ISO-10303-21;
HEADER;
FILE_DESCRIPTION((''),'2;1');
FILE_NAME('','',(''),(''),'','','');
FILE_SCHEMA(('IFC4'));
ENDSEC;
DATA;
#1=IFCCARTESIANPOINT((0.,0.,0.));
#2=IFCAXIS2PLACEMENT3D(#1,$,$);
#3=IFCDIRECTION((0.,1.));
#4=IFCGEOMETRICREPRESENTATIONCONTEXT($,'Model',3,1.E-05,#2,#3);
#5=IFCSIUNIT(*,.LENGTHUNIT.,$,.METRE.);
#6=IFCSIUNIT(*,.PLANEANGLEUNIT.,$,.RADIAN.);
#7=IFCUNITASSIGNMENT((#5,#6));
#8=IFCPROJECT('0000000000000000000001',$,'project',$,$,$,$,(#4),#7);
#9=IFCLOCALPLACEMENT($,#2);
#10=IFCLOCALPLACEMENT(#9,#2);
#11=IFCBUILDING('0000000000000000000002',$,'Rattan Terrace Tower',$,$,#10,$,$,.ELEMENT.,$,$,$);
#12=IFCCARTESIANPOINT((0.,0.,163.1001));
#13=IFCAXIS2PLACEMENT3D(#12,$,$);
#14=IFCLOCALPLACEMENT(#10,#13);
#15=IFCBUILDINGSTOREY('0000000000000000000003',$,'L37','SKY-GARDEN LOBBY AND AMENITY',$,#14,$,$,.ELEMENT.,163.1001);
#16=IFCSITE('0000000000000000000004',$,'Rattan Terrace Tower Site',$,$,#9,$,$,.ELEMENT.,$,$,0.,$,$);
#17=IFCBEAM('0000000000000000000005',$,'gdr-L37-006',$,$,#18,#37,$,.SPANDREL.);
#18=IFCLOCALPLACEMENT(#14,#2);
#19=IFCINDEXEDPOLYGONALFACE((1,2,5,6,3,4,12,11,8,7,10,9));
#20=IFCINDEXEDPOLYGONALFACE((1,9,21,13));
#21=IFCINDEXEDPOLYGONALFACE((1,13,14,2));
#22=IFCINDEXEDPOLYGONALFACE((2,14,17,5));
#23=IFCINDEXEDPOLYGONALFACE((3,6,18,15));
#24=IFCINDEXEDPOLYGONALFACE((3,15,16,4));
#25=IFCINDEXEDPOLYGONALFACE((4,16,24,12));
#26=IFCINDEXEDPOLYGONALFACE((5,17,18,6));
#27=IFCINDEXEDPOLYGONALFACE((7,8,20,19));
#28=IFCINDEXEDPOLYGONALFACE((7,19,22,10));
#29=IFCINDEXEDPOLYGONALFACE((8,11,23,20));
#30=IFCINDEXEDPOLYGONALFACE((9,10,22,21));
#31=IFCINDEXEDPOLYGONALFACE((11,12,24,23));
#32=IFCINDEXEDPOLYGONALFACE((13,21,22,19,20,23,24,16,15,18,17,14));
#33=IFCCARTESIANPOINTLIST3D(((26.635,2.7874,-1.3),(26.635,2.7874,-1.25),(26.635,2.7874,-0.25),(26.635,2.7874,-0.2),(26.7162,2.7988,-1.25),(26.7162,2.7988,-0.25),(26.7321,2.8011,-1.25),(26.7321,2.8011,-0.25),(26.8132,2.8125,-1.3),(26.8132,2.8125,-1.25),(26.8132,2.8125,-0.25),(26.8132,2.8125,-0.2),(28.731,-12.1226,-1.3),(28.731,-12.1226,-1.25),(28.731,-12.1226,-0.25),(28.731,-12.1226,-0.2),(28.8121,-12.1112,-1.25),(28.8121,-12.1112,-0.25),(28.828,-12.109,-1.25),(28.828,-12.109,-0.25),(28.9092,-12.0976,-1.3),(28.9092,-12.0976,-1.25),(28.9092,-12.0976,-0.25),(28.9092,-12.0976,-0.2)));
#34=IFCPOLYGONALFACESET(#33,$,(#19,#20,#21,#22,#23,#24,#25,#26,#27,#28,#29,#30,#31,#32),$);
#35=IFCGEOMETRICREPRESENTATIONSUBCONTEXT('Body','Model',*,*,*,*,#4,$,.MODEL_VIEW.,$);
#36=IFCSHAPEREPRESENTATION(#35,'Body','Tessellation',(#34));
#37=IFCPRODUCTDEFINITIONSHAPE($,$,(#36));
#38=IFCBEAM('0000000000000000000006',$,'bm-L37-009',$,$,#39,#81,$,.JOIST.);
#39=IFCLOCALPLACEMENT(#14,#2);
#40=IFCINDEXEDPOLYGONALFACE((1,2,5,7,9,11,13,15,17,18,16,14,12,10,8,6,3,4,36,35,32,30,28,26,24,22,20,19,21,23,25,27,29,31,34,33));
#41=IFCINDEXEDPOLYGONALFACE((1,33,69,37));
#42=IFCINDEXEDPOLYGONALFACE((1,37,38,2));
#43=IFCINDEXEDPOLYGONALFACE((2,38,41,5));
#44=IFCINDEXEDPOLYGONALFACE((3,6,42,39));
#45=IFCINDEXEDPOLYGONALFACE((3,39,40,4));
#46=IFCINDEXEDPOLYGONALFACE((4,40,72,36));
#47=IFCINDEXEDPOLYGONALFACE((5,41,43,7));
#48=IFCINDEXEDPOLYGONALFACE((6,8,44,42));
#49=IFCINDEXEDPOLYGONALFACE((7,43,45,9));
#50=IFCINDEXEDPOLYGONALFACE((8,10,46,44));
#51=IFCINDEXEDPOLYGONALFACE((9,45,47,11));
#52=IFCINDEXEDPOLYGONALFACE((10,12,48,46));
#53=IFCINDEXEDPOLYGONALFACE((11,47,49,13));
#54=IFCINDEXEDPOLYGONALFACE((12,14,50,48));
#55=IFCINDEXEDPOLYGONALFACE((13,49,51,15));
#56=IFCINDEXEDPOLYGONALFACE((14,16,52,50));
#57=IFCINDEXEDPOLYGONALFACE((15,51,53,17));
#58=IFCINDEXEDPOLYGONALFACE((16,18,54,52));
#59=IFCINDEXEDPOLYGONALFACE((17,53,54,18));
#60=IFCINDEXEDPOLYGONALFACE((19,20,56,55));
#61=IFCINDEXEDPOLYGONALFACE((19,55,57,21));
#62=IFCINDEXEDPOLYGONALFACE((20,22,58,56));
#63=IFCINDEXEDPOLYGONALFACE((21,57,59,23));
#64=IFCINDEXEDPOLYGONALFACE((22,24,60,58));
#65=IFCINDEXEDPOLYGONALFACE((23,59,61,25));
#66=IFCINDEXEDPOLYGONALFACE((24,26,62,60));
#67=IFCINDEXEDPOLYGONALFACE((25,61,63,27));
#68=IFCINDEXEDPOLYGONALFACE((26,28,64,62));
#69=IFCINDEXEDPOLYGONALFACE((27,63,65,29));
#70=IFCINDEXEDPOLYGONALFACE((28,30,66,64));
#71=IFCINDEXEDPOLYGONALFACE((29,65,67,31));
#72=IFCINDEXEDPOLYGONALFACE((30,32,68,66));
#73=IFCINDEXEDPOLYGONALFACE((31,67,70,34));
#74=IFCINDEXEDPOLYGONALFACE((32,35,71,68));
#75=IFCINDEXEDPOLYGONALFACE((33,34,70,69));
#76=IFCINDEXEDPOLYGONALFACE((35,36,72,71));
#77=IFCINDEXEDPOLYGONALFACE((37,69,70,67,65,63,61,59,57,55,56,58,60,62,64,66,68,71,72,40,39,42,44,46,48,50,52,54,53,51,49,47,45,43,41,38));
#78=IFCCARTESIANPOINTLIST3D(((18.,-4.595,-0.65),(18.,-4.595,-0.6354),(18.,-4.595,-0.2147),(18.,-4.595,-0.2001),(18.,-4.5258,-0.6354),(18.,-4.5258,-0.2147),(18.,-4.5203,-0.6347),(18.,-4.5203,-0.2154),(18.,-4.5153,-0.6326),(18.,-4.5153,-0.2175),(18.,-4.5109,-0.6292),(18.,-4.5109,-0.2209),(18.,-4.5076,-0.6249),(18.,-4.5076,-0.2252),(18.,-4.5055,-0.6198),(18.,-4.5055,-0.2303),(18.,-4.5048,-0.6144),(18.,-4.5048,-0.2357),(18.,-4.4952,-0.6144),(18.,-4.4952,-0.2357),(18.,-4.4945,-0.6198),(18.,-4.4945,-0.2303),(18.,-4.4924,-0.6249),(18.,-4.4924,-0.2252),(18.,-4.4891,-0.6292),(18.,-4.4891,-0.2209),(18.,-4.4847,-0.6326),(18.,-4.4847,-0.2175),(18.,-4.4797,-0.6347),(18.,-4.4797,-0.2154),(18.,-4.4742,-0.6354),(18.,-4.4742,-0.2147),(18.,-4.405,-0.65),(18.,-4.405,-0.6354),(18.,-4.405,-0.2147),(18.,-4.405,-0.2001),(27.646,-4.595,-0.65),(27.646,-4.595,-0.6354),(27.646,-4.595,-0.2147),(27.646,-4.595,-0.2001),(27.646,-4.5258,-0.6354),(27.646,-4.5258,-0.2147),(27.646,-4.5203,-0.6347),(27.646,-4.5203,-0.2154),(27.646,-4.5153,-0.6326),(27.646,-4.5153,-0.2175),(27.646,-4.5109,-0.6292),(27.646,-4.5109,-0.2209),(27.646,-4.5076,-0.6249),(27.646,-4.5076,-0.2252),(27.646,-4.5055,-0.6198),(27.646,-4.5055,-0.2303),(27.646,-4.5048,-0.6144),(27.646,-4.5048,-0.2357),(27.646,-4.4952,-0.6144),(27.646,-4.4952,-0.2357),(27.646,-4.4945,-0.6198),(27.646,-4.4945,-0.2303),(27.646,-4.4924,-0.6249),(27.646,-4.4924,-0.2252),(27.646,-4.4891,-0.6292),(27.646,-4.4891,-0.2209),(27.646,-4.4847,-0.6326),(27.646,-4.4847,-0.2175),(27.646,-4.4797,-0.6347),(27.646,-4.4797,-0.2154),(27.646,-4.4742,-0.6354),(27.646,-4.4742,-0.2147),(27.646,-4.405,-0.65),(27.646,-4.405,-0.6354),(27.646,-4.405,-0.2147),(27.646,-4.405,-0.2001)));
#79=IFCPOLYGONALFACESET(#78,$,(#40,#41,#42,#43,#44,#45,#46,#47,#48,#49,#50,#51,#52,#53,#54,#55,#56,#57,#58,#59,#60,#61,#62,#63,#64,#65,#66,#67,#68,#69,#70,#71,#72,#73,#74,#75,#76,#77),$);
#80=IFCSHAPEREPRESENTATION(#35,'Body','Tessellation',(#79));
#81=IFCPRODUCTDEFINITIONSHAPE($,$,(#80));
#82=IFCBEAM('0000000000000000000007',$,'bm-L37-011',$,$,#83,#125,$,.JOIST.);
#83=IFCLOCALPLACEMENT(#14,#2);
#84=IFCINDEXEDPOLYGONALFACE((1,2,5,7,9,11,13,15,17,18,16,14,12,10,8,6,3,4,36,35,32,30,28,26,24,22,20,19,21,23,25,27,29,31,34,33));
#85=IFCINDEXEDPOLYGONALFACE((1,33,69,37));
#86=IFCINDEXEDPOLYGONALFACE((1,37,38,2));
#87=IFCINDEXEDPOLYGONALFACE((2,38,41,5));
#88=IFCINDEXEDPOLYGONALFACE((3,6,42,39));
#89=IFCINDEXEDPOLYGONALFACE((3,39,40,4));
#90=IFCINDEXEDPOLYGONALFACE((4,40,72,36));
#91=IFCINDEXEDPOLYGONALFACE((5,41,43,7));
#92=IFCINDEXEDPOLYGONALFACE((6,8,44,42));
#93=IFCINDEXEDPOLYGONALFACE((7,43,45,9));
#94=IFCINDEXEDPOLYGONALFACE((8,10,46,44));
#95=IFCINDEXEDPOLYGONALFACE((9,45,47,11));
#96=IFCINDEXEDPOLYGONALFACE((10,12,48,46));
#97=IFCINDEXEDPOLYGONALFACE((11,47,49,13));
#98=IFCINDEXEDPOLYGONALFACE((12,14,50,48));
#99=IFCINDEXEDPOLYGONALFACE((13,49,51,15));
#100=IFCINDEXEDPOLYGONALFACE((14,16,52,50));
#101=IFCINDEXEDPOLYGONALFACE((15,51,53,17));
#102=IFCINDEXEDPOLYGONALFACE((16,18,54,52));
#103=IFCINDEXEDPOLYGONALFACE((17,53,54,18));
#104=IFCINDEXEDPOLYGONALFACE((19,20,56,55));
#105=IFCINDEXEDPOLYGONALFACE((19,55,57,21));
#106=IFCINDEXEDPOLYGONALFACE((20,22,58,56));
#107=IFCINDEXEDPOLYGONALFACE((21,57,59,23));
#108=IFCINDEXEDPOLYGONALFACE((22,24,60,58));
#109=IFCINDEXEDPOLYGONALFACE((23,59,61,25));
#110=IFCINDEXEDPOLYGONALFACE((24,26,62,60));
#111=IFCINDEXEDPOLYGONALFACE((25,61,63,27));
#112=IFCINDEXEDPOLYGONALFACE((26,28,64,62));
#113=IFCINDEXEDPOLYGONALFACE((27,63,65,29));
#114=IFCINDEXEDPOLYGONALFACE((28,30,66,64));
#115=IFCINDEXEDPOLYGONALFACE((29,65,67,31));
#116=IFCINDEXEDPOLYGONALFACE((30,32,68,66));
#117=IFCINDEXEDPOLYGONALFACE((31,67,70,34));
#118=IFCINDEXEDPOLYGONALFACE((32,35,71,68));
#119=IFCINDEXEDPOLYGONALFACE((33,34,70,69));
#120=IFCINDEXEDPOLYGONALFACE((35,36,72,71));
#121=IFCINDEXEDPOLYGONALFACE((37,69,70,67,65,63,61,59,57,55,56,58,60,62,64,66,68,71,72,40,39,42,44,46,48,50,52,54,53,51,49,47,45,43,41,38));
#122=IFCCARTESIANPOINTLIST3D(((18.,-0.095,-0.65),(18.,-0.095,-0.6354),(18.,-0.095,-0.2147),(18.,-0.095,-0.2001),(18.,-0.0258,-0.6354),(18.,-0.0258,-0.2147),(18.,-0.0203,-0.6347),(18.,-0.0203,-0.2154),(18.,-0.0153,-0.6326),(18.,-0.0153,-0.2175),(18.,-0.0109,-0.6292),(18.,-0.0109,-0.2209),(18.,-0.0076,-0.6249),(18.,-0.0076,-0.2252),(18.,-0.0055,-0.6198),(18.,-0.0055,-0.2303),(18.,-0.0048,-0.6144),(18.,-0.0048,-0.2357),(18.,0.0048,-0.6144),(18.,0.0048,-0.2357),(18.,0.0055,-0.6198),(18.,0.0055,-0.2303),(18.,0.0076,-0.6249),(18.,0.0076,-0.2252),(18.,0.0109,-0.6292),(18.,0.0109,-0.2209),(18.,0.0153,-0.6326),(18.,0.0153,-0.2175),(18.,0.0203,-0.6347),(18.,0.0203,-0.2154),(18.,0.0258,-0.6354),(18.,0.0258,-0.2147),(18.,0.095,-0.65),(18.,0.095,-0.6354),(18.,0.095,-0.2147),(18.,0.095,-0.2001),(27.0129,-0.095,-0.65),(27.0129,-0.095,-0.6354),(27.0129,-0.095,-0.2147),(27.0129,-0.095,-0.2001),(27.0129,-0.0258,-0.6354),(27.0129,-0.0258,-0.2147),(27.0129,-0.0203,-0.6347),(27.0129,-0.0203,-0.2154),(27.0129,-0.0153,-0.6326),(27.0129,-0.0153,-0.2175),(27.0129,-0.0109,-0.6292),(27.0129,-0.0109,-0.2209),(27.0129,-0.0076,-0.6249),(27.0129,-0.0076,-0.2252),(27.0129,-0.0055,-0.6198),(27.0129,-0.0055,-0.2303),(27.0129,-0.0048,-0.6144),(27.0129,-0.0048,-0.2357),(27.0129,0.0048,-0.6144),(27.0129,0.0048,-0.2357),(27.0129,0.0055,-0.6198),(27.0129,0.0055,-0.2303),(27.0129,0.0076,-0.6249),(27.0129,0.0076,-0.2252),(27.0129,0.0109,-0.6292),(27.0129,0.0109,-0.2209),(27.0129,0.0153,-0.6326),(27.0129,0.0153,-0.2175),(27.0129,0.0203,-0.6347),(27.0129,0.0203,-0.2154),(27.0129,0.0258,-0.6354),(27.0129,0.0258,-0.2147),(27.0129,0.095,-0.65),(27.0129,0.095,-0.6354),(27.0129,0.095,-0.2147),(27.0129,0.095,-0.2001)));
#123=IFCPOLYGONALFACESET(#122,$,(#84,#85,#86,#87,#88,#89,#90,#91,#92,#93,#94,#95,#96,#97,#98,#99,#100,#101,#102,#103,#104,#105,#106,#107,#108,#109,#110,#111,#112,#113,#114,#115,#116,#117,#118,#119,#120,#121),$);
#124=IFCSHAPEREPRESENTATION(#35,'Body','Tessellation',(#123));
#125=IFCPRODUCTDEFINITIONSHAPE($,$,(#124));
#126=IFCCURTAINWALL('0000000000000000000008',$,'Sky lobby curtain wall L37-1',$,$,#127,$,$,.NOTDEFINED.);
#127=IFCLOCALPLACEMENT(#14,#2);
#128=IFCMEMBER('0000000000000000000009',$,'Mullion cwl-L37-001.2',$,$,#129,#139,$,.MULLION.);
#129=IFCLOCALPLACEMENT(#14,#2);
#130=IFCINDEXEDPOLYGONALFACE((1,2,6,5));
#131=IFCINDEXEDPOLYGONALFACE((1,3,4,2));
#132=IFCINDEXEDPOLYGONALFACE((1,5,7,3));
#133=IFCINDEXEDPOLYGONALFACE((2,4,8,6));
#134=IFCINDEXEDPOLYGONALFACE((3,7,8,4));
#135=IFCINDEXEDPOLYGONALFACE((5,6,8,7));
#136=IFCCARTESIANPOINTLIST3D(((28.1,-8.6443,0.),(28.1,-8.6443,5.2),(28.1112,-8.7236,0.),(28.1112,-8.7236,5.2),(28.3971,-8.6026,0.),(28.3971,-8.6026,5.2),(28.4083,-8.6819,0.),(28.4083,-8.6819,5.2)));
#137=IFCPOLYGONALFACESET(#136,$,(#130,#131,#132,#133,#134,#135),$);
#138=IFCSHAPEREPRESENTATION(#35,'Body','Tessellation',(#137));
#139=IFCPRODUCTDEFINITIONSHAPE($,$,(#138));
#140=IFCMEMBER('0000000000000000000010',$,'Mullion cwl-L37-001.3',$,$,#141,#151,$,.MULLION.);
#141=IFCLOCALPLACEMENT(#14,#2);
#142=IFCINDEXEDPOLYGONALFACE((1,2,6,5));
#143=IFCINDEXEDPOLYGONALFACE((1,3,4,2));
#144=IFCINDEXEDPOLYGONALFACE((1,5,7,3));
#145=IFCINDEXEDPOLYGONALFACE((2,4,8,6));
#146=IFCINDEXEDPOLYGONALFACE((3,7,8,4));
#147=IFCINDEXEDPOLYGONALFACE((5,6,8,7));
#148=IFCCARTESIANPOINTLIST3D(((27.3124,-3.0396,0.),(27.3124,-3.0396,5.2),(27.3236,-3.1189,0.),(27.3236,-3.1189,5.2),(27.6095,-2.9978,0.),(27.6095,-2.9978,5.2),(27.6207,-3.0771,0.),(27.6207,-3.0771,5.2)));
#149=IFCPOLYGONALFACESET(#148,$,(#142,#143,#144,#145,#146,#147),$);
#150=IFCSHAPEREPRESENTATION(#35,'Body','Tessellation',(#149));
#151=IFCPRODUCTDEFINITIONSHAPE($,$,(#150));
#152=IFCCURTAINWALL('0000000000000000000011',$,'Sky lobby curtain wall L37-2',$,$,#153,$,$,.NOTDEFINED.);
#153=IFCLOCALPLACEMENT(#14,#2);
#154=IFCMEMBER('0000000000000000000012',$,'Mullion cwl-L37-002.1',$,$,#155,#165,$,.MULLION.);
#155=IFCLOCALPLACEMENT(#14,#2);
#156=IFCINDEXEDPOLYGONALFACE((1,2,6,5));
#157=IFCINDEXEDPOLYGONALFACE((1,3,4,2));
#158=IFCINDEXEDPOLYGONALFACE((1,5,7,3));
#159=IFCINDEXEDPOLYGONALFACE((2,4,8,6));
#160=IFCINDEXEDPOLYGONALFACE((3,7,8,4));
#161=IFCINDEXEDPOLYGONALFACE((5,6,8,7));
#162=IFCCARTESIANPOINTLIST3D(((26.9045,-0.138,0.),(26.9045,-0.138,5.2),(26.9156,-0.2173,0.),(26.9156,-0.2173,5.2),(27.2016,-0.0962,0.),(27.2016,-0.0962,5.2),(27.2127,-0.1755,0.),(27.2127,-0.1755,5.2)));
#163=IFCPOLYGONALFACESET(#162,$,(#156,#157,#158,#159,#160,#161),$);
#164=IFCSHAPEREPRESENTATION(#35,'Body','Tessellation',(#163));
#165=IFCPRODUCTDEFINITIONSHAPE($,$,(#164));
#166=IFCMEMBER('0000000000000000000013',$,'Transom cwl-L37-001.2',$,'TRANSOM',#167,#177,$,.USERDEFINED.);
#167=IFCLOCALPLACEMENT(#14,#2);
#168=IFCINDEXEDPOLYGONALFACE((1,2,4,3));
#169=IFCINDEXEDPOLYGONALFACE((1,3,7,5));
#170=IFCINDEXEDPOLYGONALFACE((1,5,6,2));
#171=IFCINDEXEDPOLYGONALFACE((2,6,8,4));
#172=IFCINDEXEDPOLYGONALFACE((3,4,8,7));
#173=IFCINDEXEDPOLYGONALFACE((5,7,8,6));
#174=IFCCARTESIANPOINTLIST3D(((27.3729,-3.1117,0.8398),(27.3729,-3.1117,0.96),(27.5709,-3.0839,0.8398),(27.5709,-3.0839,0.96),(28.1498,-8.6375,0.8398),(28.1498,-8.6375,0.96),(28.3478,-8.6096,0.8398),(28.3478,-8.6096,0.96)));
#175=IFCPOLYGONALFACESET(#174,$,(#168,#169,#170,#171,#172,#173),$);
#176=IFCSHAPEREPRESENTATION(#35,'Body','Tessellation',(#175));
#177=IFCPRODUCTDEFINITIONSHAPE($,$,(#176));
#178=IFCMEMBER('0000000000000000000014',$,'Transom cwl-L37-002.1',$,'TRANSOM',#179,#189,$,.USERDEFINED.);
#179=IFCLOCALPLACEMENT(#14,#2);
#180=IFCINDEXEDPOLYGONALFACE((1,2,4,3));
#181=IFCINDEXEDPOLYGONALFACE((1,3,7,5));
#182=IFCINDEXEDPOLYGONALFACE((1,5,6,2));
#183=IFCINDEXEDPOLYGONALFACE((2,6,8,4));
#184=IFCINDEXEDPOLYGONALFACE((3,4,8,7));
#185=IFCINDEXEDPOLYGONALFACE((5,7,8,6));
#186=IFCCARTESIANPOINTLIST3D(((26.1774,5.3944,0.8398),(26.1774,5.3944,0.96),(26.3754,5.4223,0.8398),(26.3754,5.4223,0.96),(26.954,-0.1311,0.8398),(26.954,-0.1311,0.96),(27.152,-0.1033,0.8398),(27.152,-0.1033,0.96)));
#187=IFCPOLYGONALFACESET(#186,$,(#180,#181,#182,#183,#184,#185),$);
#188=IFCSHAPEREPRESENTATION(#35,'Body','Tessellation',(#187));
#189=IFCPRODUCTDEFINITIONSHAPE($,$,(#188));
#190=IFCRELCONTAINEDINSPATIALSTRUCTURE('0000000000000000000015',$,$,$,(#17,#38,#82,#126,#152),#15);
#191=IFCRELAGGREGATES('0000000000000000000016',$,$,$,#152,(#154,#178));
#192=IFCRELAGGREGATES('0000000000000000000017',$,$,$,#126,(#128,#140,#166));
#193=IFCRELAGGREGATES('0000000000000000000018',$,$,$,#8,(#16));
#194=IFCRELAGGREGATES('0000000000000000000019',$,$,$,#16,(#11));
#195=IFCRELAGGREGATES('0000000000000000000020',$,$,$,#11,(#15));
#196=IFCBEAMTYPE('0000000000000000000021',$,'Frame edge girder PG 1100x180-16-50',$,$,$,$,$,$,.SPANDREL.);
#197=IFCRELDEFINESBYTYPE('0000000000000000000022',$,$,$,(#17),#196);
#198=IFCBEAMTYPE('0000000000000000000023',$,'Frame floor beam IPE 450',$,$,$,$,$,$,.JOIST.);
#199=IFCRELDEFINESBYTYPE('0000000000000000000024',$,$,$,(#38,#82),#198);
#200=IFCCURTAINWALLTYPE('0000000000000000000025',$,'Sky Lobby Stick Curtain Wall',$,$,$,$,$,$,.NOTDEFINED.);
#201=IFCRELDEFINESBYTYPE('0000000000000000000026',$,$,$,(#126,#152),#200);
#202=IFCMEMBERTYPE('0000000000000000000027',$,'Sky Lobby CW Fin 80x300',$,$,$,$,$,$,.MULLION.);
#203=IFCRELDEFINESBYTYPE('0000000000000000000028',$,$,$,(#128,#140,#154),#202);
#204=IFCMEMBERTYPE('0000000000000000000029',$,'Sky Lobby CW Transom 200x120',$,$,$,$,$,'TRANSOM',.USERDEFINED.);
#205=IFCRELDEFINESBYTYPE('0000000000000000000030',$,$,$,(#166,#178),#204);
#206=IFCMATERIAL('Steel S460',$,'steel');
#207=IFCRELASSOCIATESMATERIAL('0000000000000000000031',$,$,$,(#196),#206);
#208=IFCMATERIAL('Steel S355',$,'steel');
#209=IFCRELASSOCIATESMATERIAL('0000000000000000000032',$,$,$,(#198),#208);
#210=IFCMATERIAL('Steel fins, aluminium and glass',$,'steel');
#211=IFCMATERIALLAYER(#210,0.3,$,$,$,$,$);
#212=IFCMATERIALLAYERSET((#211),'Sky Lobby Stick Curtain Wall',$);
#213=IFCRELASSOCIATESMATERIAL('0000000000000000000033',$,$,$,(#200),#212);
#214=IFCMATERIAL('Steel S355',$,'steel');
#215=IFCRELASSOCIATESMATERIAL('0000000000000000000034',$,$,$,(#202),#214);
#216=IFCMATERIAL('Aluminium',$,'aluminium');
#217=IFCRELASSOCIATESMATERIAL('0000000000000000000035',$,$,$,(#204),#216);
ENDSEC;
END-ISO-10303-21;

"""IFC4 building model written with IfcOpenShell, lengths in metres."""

from ifc_helpers import new_model, si_unit, direction, frame, origin, origin_2d, place, context, subcontext, project, spatial, rectangle, i_section, extrude, material, layer, layer_set, material_profile, profile_set, type_object, element, aggregate, save


model = new_model("IFC4")

# Units and contexts
model_context = context("Model", 3, precision=1e-05, world=origin(), true_north=direction((0.0, 1.0)))
body_context = subcontext(model_context, "Body", "Model", "MODEL_VIEW")
ifc_project = project(units=[si_unit("LENGTHUNIT", "METRE"), si_unit("PLANEANGLEUNIT", "RADIAN")], contexts=[model_context])

# Site, building, storey
site_placement = place(None, origin())
site = spatial("IfcSite", under=ifc_project, at=site_placement, Name="Rattan Terrace Tower Site", CompositionType="ELEMENT", RefElevation=0.0)
building_placement = place(site_placement, origin())
building = spatial("IfcBuilding", under=site, at=building_placement, Name="Rattan Terrace Tower", CompositionType="ELEMENT")
storey_placement = place(building_placement, frame((0.0, 0.0, 163.1001)))
storey = spatial("IfcBuildingStorey", under=building, at=storey_placement, Name="L37", Description="SKY-GARDEN LOBBY AND AMENITY", CompositionType="ELEMENT", Elevation=163.1001)

# Beams
ifc_material_1 = material(Name="Steel S460", Category="steel")
ifc_material_profile_1 = material_profile(ifc_material_1, i_section(OverallWidth=0.1799, OverallDepth=1.1001, WebThickness=0.0161, FlangeThickness=0.05, at=origin_2d()), Name="PG 1100x180-16-50")
ifc_profile_set_1 = profile_set([ifc_material_profile_1], Name="Steel S460")
beam_type_1 = type_object("IfcBeamType", Name="Frame edge girder PG 1100x180-16-50", PredefinedType="SPANDREL", material=ifc_profile_set_1)
beam_1_placement = place(storey_placement, frame((28.8201, -12.1101, -0.75), z_axis=(-0.139203, 0.990264, 0.0), x_axis=(-0.990264, -0.139203, 0.0)))
element("IfcBeam", 1, at=beam_1_placement, inside=storey, type_object=beam_type_1, Name="gdr-L37-006", PredefinedType="SPANDREL", context=body_context, shape_type="SweptSolid", body=[
    extrude(i_section(OverallWidth=0.1799, OverallDepth=1.1001, WebThickness=0.0161, FlangeThickness=0.05, at=origin_2d()), origin(), (0.0, 0.0, 1.0), 15.0566),
])
ifc_material_2 = material(Name="Steel S355", Category="steel")
ifc_material_profile_2 = material_profile(ifc_material_2, i_section(OverallWidth=0.1899, OverallDepth=0.45, WebThickness=0.0095, FlangeThickness=0.0146, FilletRadius=0.021, at=origin_2d()), Name="IPE 450")
ifc_profile_set_2 = profile_set([ifc_material_profile_2], Name="Steel S355")
beam_type_2 = type_object("IfcBeamType", Name="Frame floor beam IPE 450", PredefinedType="JOIST", material=ifc_profile_set_2)
beam_2_placement = place(storey_placement, frame((18.0, -4.5, -0.425), z_axis=(1.0, 0.0, 0.0), x_axis=(0.0, 1.0, 0.0)))
element("IfcBeam", 2, at=beam_2_placement, inside=storey, type_object=beam_type_2, Name="bm-L37-009", PredefinedType="JOIST", context=body_context, shape_type="SweptSolid", body=[
    extrude(i_section(OverallWidth=0.1899, OverallDepth=0.45, WebThickness=0.0095, FlangeThickness=0.0146, FilletRadius=0.021, at=origin_2d()), origin(), (0.0, 0.0, 1.0), 9.646),
])
beam_3_placement = place(storey_placement, frame((18.0, 0.0, -0.425), z_axis=(1.0, 0.0, 0.0), x_axis=(0.0, 1.0, 0.0)))
element("IfcBeam", 3, at=beam_3_placement, inside=storey, type_object=beam_type_2, Name="bm-L37-011", PredefinedType="JOIST", context=body_context, shape_type="SweptSolid", body=[
    extrude(i_section(OverallWidth=0.1899, OverallDepth=0.45, WebThickness=0.0095, FlangeThickness=0.0146, FilletRadius=0.021, at=origin_2d()), origin(), (0.0, 0.0, 1.0), 9.0129),
])

# Curtain wall, members
ifc_material_3 = material(Name="Steel fins, aluminium and glass", Category="steel")
ifc_layer_1 = layer(ifc_material_3, 0.3)
ifc_layer_set_1 = layer_set([ifc_layer_1], Name="Sky Lobby Stick Curtain Wall")
curtain_wall_type = type_object("IfcCurtainWallType", Name="Sky Lobby Stick Curtain Wall", PredefinedType="NOTDEFINED", material=ifc_layer_set_1)
curtain_wall_1_placement = place(storey_placement, origin())
curtain_wall_1 = element("IfcCurtainWall", 4, at=curtain_wall_1_placement, inside=storey, type_object=curtain_wall_type, Name="Sky lobby curtain wall L37-1", PredefinedType="NOTDEFINED")
ifc_material_4 = material(Name="Steel S355", Category="steel")
ifc_material_profile_3 = material_profile(ifc_material_4, rectangle(XDim=0.0801, YDim=0.3, at=origin_2d()), Name="Steel S355 80x300")
ifc_profile_set_3 = profile_set([ifc_material_profile_3], Name="Steel S355")
member_type_1 = type_object("IfcMemberType", Name="Sky Lobby CW Fin 80x300", PredefinedType="MULLION", material=ifc_profile_set_3)
member_1_placement = place(storey_placement, frame((28.2542, -8.6631, 0.0), z_axis=(0.0, 0.0, 1.0), x_axis=(-0.139191, 0.990266, 0.0)))
member_1 = element("IfcMember", 5, at=member_1_placement, type_object=member_type_1, Name="Mullion cwl-L37-001.2", PredefinedType="MULLION", context=body_context, shape_type="SweptSolid", body=[
    extrude(rectangle(XDim=0.0801, YDim=0.3, at=origin_2d()), origin(), (0.0, 0.0, 1.0), 5.2),
])
member_2_placement = place(storey_placement, frame((27.4666, -3.0583, 0.0), z_axis=(0.0, 0.0, 1.0), x_axis=(-0.139191, 0.990266, 0.0)))
member_2 = element("IfcMember", 6, at=member_2_placement, type_object=member_type_1, Name="Mullion cwl-L37-001.3", PredefinedType="MULLION", context=body_context, shape_type="SweptSolid", body=[
    extrude(rectangle(XDim=0.0801, YDim=0.3, at=origin_2d()), origin(), (0.0, 0.0, 1.0), 5.2),
])

# Curtain wall, member
curtain_wall_2_placement = place(storey_placement, origin())
curtain_wall_2 = element("IfcCurtainWall", 7, at=curtain_wall_2_placement, inside=storey, type_object=curtain_wall_type, Name="Sky lobby curtain wall L37-2", PredefinedType="NOTDEFINED")
member_3_placement = place(storey_placement, frame((27.0586, -0.1567, 0.0), z_axis=(0.0, 0.0, 1.0), x_axis=(-0.139191, 0.990266, 0.0)))
member_3 = element("IfcMember", 8, at=member_3_placement, type_object=member_type_1, Name="Mullion cwl-L37-002.1", PredefinedType="MULLION", context=body_context, shape_type="SweptSolid", body=[
    extrude(rectangle(XDim=0.0801, YDim=0.3, at=origin_2d()), origin(), (0.0, 0.0, 1.0), 5.2),
])

# Members
ifc_material_5 = material(Name="Aluminium", Category="aluminium")
ifc_material_profile_4 = material_profile(ifc_material_5, rectangle(XDim=0.2, YDim=0.1201, at=origin_2d()), Name="Aluminium 200x120")
ifc_profile_set_4 = profile_set([ifc_material_profile_4], Name="Aluminium")
member_type_2 = type_object("IfcMemberType", Name="Sky Lobby CW Transom 200x120", ElementType="TRANSOM", PredefinedType="USERDEFINED", material=ifc_profile_set_4)
member_4_placement = place(storey_placement, frame((28.2488, -8.6235, 0.8999), z_axis=(-0.139222, 0.990261, 0.0), x_axis=(-0.990261, -0.139222, 0.0)))
member_4 = element("IfcMember", 9, at=member_4_placement, type_object=member_type_2, Name="Transom cwl-L37-001.2", ObjectType="TRANSOM", PredefinedType="USERDEFINED", context=body_context, shape_type="SweptSolid", body=[
    extrude(rectangle(XDim=0.2, YDim=0.1201, at=origin_2d()), origin(), (0.0, 0.0, 1.0), 5.5801),
])
member_5_placement = place(storey_placement, frame((27.053, -0.1172, 0.8999), z_axis=(-0.139179, 0.990267, 0.0), x_axis=(-0.990267, -0.139179, 0.0)))
member_5 = element("IfcMember", 10, at=member_5_placement, type_object=member_type_2, Name="Transom cwl-L37-002.1", ObjectType="TRANSOM", PredefinedType="USERDEFINED", context=body_context, shape_type="SweptSolid", body=[
    extrude(rectangle(XDim=0.2, YDim=0.1201, at=origin_2d()), origin(), (0.0, 0.0, 1.0), 5.5798),
])
aggregate(curtain_wall_2, [member_3, member_5])

aggregate(curtain_wall_1, [member_1, member_2, member_4])

save(model, "model.ifc")
